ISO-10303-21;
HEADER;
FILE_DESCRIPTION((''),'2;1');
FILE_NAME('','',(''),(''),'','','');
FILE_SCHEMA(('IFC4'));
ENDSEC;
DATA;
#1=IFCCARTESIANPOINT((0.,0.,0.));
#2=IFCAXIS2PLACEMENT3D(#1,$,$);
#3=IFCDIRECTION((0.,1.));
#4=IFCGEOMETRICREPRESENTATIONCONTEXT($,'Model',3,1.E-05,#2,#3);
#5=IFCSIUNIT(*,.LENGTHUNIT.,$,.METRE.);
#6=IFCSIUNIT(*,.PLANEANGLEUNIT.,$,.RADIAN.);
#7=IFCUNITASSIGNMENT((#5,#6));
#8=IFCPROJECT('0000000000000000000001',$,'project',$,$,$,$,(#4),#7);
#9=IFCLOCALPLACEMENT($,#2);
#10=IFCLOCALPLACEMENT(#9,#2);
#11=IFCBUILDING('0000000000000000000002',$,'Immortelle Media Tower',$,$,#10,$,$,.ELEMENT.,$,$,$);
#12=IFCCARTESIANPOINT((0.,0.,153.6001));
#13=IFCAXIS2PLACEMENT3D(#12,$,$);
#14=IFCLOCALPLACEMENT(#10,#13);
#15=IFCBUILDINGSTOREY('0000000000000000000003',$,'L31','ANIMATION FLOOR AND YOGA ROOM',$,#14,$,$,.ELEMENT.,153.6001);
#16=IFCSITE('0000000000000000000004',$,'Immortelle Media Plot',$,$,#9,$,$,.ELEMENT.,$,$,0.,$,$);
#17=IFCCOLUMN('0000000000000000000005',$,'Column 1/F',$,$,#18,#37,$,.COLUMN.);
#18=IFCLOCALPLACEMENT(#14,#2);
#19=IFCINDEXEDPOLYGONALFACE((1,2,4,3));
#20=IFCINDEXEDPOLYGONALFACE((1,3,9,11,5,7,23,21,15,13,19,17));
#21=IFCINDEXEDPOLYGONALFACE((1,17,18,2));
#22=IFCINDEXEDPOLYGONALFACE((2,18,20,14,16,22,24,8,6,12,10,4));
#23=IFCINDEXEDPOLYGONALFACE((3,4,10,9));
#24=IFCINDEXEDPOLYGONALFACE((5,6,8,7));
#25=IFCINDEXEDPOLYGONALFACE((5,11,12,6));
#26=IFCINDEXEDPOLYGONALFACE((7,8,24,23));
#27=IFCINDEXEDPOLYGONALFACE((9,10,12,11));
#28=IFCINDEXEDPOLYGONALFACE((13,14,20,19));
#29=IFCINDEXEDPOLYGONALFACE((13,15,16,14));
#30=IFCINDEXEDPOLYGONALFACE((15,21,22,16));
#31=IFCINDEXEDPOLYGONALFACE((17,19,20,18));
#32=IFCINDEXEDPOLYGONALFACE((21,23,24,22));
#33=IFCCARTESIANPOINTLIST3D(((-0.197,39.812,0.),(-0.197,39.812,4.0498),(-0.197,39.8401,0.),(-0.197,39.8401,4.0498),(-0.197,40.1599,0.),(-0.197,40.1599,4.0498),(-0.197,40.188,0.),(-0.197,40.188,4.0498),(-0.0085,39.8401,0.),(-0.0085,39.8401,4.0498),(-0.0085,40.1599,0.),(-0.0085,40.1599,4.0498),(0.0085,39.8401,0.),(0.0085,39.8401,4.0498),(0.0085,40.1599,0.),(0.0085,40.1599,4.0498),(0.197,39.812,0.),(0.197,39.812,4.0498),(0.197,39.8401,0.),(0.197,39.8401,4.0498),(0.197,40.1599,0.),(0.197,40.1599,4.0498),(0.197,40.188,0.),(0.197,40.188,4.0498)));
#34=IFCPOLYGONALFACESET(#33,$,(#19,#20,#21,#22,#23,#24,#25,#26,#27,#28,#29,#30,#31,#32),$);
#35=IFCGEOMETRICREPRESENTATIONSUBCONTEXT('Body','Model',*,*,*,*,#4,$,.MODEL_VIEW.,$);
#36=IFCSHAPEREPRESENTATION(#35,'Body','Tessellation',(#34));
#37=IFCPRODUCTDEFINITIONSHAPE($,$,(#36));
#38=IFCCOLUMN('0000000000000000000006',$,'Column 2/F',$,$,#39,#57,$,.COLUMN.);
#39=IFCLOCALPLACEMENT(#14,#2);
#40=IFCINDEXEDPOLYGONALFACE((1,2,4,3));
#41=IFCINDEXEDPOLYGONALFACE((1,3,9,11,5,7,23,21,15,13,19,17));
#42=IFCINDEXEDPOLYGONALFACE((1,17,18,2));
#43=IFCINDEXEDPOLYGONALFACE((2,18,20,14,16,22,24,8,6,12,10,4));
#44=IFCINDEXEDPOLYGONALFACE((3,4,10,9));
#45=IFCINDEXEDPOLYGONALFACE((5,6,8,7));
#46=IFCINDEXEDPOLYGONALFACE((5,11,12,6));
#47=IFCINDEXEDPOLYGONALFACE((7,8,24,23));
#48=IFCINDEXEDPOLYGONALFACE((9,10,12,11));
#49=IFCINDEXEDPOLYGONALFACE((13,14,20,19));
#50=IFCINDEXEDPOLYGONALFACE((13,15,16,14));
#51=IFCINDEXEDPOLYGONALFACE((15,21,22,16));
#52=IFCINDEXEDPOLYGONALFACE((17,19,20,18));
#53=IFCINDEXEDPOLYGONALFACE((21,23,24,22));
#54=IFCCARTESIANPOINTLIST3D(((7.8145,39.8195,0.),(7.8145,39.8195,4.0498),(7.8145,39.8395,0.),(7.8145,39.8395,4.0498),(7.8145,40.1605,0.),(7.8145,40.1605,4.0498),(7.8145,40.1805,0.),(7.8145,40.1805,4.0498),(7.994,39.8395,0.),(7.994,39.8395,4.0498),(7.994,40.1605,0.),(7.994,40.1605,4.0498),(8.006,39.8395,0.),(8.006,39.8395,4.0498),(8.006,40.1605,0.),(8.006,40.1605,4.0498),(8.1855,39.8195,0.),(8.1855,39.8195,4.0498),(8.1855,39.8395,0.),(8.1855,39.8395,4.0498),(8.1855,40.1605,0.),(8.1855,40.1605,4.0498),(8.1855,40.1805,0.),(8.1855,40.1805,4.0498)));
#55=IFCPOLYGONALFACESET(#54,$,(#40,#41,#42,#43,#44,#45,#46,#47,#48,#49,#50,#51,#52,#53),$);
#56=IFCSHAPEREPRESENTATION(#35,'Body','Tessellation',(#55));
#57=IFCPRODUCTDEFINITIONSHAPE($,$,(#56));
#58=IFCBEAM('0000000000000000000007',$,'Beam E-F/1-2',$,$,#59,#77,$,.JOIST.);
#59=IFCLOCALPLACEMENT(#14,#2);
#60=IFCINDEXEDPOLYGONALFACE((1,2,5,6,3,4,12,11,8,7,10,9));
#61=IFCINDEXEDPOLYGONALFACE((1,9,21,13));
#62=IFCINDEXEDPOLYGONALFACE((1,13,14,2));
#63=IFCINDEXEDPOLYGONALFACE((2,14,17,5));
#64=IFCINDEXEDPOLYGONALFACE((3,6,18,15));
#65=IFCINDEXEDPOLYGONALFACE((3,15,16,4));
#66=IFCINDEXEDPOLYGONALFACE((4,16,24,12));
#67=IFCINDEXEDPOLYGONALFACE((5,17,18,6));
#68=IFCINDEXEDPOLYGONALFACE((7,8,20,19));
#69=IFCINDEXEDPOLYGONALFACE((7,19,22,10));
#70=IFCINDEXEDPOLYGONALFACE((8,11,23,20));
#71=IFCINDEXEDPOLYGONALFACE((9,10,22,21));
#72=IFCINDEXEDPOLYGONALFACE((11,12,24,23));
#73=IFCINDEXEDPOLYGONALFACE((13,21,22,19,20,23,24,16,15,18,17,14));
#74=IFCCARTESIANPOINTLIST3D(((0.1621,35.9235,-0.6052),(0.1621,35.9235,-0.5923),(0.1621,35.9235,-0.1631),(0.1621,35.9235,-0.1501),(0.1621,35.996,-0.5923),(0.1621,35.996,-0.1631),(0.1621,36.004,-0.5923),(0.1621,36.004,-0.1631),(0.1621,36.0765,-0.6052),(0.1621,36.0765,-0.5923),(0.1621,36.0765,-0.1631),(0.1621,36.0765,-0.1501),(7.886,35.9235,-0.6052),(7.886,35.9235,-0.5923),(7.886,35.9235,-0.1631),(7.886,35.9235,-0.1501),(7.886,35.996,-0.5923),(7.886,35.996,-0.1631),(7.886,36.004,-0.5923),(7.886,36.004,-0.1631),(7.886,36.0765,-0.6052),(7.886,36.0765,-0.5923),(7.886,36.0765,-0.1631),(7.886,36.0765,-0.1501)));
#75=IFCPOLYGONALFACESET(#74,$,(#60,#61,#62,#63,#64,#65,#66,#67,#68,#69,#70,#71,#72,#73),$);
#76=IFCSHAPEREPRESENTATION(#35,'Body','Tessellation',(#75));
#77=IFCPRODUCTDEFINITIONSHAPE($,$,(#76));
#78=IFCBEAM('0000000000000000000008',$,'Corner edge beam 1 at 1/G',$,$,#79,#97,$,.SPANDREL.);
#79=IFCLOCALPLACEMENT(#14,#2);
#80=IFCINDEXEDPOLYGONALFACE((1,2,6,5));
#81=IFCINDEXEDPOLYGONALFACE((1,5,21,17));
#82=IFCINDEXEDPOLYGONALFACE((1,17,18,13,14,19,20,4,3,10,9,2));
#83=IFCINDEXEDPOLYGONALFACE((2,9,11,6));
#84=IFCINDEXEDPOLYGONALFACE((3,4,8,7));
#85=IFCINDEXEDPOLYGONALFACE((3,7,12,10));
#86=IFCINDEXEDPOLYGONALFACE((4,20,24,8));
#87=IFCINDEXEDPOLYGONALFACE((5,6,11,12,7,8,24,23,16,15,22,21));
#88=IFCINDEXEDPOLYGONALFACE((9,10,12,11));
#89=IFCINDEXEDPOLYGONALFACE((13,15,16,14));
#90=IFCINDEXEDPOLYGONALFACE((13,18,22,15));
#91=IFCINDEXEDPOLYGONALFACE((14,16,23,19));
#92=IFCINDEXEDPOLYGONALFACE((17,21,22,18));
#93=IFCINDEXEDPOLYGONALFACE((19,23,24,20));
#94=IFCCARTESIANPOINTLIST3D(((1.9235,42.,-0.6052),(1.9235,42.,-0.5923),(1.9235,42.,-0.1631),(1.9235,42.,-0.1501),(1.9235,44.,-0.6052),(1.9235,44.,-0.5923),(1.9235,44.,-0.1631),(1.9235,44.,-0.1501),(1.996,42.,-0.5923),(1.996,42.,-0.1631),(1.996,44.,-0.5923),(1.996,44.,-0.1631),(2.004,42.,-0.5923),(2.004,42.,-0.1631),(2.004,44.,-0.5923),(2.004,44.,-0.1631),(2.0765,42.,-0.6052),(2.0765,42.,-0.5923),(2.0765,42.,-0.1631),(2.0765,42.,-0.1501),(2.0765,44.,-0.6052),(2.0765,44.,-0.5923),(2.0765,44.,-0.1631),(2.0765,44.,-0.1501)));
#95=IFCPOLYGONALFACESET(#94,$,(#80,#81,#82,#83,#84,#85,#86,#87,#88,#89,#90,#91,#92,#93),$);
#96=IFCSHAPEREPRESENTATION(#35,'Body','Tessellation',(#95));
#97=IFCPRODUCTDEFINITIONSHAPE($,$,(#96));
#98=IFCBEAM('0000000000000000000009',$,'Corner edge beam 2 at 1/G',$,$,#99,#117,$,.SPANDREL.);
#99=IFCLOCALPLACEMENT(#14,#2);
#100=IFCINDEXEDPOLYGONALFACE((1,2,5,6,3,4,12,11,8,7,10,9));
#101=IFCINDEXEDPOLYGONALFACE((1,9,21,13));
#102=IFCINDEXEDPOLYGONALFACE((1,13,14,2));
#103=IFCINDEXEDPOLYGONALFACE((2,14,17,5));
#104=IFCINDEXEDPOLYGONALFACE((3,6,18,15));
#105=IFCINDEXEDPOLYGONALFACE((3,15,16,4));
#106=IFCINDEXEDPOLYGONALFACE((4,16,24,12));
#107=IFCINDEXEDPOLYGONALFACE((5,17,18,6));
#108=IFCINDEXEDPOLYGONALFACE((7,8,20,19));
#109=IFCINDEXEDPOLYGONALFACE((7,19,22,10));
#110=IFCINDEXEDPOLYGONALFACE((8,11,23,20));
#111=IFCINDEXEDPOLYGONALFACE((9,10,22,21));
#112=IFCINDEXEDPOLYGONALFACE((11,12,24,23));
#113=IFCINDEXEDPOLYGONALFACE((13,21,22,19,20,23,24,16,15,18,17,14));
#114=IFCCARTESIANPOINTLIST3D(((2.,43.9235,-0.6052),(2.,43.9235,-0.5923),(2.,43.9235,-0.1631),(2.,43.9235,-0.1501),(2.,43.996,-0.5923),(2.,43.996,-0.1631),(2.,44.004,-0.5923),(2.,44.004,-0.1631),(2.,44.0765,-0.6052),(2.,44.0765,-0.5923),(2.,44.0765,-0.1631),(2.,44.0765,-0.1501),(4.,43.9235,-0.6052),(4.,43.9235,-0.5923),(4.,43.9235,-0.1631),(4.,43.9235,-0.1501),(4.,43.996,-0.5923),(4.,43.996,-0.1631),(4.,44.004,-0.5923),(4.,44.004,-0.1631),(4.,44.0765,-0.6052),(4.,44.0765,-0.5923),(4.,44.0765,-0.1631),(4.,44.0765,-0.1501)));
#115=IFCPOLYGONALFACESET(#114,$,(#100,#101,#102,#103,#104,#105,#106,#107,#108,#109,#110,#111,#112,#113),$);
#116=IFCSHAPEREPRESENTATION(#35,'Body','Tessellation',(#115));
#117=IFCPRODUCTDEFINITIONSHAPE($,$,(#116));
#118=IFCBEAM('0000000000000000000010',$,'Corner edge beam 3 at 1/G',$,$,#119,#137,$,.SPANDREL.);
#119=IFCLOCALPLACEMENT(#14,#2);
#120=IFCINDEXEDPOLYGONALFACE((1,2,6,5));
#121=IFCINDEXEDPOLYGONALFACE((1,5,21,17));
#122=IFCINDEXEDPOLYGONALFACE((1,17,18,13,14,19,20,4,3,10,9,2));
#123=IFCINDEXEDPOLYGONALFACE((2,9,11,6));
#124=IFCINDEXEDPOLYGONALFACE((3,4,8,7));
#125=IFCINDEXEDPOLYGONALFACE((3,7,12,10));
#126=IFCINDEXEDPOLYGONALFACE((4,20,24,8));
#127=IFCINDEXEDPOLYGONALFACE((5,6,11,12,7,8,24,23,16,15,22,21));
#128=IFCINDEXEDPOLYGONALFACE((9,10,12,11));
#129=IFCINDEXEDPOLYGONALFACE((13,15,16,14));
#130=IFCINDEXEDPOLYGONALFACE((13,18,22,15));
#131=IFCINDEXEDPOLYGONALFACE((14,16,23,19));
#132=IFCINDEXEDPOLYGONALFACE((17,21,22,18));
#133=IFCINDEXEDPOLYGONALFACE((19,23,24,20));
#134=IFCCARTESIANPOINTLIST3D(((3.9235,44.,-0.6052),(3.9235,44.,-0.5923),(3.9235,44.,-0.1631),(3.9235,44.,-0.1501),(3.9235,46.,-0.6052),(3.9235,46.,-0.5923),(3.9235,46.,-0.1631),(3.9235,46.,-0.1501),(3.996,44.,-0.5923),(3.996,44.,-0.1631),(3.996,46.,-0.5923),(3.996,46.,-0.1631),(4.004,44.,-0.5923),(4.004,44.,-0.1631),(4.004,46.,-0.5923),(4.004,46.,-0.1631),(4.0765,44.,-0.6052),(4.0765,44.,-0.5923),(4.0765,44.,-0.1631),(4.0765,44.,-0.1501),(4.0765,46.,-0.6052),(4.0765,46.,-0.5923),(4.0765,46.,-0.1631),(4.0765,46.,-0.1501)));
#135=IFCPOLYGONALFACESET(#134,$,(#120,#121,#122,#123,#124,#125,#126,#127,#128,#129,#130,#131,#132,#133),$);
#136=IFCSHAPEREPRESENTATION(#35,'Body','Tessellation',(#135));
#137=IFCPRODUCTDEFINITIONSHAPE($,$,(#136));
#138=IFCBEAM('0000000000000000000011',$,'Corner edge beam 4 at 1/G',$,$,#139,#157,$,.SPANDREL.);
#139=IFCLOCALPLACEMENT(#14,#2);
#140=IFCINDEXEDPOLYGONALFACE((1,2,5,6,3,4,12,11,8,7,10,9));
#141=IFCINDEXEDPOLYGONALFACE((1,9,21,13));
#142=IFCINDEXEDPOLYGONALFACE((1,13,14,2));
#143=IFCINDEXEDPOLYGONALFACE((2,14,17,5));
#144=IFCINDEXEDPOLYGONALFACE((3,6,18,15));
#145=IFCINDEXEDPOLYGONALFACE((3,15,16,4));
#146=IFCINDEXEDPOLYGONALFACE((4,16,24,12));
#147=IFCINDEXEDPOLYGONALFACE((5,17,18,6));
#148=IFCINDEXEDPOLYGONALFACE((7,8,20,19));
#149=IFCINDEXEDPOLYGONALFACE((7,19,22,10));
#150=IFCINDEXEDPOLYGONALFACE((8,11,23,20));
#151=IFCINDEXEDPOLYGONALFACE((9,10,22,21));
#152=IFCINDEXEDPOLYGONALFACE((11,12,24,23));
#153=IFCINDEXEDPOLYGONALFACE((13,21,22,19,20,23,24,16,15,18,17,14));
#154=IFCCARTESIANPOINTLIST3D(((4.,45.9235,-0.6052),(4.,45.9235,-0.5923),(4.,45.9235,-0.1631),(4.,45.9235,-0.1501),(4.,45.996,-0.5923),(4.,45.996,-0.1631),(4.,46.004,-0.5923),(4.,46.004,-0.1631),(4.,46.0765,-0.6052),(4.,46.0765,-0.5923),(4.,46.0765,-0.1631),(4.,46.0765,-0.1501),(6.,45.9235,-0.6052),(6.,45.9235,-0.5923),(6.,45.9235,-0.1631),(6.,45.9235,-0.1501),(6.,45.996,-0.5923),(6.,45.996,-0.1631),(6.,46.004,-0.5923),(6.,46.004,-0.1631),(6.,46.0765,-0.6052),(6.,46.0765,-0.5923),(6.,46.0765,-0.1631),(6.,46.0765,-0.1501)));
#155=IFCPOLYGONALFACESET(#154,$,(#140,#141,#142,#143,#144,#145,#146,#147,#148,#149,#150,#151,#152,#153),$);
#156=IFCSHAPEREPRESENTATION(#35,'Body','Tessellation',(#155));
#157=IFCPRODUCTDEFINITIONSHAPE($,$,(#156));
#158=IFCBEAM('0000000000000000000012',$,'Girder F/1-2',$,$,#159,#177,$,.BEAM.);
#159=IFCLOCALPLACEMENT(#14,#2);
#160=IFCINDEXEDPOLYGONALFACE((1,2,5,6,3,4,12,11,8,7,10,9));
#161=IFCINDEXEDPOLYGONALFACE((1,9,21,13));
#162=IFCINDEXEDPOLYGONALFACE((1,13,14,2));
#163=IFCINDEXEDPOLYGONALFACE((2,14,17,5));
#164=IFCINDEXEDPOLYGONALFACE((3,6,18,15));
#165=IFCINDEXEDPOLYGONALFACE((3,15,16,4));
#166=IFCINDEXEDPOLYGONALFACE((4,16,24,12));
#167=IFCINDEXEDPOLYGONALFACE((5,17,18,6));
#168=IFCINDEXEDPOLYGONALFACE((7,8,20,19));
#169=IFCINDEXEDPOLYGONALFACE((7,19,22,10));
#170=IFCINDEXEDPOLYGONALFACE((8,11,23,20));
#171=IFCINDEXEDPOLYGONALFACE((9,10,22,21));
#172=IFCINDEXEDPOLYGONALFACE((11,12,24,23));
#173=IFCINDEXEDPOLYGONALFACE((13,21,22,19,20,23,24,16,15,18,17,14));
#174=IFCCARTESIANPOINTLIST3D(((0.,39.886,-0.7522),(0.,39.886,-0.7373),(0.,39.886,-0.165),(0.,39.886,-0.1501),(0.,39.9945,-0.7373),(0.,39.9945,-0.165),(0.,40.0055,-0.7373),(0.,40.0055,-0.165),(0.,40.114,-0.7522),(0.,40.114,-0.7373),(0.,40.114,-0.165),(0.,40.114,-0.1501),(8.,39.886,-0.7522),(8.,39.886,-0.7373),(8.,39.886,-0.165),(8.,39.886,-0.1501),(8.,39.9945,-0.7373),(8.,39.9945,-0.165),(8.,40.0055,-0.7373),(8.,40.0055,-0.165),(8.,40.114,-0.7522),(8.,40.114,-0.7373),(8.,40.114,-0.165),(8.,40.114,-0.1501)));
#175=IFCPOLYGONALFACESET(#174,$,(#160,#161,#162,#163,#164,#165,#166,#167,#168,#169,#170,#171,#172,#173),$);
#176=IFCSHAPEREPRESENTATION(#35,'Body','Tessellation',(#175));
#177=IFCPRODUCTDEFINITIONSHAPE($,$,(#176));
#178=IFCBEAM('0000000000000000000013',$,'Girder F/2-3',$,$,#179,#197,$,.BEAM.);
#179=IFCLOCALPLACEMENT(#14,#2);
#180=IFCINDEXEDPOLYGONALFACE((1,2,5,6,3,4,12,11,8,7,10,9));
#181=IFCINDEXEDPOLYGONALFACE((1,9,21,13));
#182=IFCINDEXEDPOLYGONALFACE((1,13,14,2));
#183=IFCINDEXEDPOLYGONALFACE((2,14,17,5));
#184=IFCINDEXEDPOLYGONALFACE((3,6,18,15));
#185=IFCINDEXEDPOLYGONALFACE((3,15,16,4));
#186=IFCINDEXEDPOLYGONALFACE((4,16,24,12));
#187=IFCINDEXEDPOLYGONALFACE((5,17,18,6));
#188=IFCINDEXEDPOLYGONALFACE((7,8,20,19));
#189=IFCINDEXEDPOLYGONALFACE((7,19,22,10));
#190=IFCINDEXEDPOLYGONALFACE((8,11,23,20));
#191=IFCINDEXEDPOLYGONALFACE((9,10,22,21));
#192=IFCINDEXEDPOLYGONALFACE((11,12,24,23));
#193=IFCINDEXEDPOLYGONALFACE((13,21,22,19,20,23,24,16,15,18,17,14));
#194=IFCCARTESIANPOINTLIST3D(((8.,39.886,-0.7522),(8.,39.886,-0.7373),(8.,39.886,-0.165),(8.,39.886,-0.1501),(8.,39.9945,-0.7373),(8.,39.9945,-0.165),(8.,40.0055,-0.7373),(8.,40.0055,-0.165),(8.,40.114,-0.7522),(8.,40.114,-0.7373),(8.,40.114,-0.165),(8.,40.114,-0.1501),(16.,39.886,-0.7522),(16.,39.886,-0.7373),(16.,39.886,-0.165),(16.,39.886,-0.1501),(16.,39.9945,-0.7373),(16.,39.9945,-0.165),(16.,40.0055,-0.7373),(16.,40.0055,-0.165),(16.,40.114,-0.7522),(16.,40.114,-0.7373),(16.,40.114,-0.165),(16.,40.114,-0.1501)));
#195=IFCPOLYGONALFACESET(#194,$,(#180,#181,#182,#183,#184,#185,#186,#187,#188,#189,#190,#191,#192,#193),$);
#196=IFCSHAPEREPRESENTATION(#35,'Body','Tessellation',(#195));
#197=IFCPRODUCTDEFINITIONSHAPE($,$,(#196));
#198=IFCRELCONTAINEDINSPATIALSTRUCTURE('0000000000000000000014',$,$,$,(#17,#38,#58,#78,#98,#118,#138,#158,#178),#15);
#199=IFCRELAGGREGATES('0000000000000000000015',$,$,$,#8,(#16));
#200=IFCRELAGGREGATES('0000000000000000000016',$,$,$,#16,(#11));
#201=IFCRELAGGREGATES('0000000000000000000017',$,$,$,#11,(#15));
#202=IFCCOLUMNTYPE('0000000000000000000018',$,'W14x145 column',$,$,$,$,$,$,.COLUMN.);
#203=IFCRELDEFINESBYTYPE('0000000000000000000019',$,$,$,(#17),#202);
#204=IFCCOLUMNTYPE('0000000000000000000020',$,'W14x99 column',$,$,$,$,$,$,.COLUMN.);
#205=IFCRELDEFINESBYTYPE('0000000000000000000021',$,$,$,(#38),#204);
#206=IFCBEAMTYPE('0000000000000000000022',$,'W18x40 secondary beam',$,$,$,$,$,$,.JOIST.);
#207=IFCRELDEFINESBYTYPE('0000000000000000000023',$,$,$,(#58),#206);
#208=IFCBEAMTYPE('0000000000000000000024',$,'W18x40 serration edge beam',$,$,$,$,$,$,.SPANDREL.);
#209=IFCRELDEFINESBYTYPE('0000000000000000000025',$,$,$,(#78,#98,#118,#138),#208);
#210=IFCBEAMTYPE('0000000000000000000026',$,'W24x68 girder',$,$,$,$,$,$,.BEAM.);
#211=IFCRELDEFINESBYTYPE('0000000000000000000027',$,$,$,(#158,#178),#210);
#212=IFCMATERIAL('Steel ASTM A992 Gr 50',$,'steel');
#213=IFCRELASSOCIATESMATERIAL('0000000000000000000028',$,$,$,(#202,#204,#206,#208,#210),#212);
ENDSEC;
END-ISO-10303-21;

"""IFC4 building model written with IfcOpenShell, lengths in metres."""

from ifc_helpers import new_model, si_unit, direction, frame, origin, origin_2d, place, context, subcontext, project, spatial, i_section, extrude, material, material_profile, profile_set, type_object, element, save


model = new_model("IFC4")

# Units and contexts
model_context = context("Model", 3, precision=1e-05, world=origin(), true_north=direction((0.0, 1.0)))
body_context = subcontext(model_context, "Body", "Model", "MODEL_VIEW")
ifc_project = project(units=[si_unit("LENGTHUNIT", "METRE"), si_unit("PLANEANGLEUNIT", "RADIAN")], contexts=[model_context])

# Site, building, storey
site_placement = place(None, origin())
site = spatial("IfcSite", under=ifc_project, at=site_placement, Name="Immortelle Media Plot", CompositionType="ELEMENT", RefElevation=0.0)
building_placement = place(site_placement, origin())
building = spatial("IfcBuilding", under=site, at=building_placement, Name="Immortelle Media Tower", CompositionType="ELEMENT")
storey_placement = place(building_placement, frame((0.0, 0.0, 153.6001)))
storey = spatial("IfcBuildingStorey", under=building, at=storey_placement, Name="L31", Description="ANIMATION FLOOR AND YOGA ROOM", CompositionType="ELEMENT", Elevation=153.6001)

# Columns
ifc_material_1 = material(Name="Steel ASTM A992 Gr 50", Category="steel")
ifc_material_profile_1 = material_profile(ifc_material_1, i_section(OverallWidth=0.394, OverallDepth=0.376, WebThickness=0.0171, FlangeThickness=0.0281, at=origin_2d()), Name="W14x145")
ifc_profile_set_1 = profile_set([ifc_material_profile_1], Name="Steel ASTM A992 Gr 50")
column_type_1 = type_object("IfcColumnType", Name="W14x145 column", PredefinedType="COLUMN", material=ifc_profile_set_1)
column_1_placement = place(storey_placement, frame((0.0, 40.0, 0.0), z_axis=(0.0, 0.0, 1.0), x_axis=(1.0, 0.0, 0.0)))
element("IfcColumn", 1, at=column_1_placement, inside=storey, type_object=column_type_1, Name="Column 1/F", PredefinedType="COLUMN", context=body_context, shape_type="SweptSolid", body=[
    extrude(i_section(OverallWidth=0.394, OverallDepth=0.376, WebThickness=0.0171, FlangeThickness=0.0281, at=origin_2d()), origin(), (0.0, 0.0, 1.0), 4.0498),
])
ifc_material_profile_2 = material_profile(ifc_material_1, i_section(OverallWidth=0.3711, OverallDepth=0.3611, WebThickness=0.012, FlangeThickness=0.02, at=origin_2d()), Name="W14x99")
ifc_profile_set_2 = profile_set([ifc_material_profile_2], Name="Steel ASTM A992 Gr 50")
column_type_2 = type_object("IfcColumnType", Name="W14x99 column", PredefinedType="COLUMN", material=ifc_profile_set_2)
column_2_placement = place(storey_placement, frame((8.0, 40.0, 0.0), z_axis=(0.0, 0.0, 1.0), x_axis=(1.0, 0.0, 0.0)))
element("IfcColumn", 2, at=column_2_placement, inside=storey, type_object=column_type_2, Name="Column 2/F", PredefinedType="COLUMN", context=body_context, shape_type="SweptSolid", body=[
    extrude(i_section(OverallWidth=0.3711, OverallDepth=0.3611, WebThickness=0.012, FlangeThickness=0.02, at=origin_2d()), origin(), (0.0, 0.0, 1.0), 4.0498),
])

# Beams
ifc_material_profile_3 = material_profile(ifc_material_1, i_section(OverallWidth=0.1531, OverallDepth=0.4551, WebThickness=0.0081, FlangeThickness=0.0129, at=origin_2d()), Name="W18x40")
ifc_profile_set_3 = profile_set([ifc_material_profile_3], Name="Steel ASTM A992 Gr 50")
beam_type_1 = type_object("IfcBeamType", Name="W18x40 secondary beam", PredefinedType="JOIST", material=ifc_profile_set_3)
beam_1_placement = place(storey_placement, frame((0.1621, 36.0, -0.3777), z_axis=(1.0, 0.0, 0.0), x_axis=(0.0, 1.0, 0.0)))
element("IfcBeam", 3, at=beam_1_placement, inside=storey, type_object=beam_type_1, Name="Beam E-F/1-2", PredefinedType="JOIST", context=body_context, shape_type="SweptSolid", body=[
    extrude(i_section(OverallWidth=0.1531, OverallDepth=0.4551, WebThickness=0.0081, FlangeThickness=0.0129, at=origin_2d()), origin(), (0.0, 0.0, 1.0), 7.7239),
])
ifc_material_profile_4 = material_profile(ifc_material_1, i_section(OverallWidth=0.1531, OverallDepth=0.4551, WebThickness=0.0081, FlangeThickness=0.0129, at=origin_2d()), Name="W18x40")
ifc_profile_set_4 = profile_set([ifc_material_profile_4], Name="Steel ASTM A992 Gr 50")
beam_type_2 = type_object("IfcBeamType", Name="W18x40 serration edge beam", PredefinedType="SPANDREL", material=ifc_profile_set_4)
for number, where, z_axis, x_axis, name in (
    (4, (2.0, 42.0, -0.3777), (0.0, 1.0, 0.0), (-1.0, 0.0, 0.0), "Corner edge beam 1 at 1/G"),
    (5, (2.0, 44.0, -0.3777), (1.0, 0.0, 0.0), (0.0, 1.0, 0.0), "Corner edge beam 2 at 1/G"),
    (6, (4.0, 44.0, -0.3777), (0.0, 1.0, 0.0), (-1.0, 0.0, 0.0), "Corner edge beam 3 at 1/G"),
    (7, (4.0, 46.0, -0.3777), (1.0, 0.0, 0.0), (0.0, 1.0, 0.0), "Corner edge beam 4 at 1/G"),
):
    element("IfcBeam", number, at=place(storey_placement, frame(where, z_axis=z_axis, x_axis=x_axis)), inside=storey, type_object=beam_type_2, Name=name, PredefinedType="SPANDREL", context=body_context, shape_type="SweptSolid", body=[
        extrude(i_section(OverallWidth=0.1531, OverallDepth=0.4551, WebThickness=0.0081, FlangeThickness=0.0129, at=origin_2d()), origin(), (0.0, 0.0, 1.0), 2.0),
    ])
ifc_material_profile_5 = material_profile(ifc_material_1, i_section(OverallWidth=0.228, OverallDepth=0.6021, WebThickness=0.011, FlangeThickness=0.0149, at=origin_2d()), Name="W24x68")
ifc_profile_set_5 = profile_set([ifc_material_profile_5], Name="Steel ASTM A992 Gr 50")
beam_type_3 = type_object("IfcBeamType", Name="W24x68 girder", PredefinedType="BEAM", material=ifc_profile_set_5)
for number, where, z_axis, x_axis, name in (
    (8, (0.0, 40.0, -0.4512), (1.0, 0.0, 0.0), (0.0, 1.0, 0.0), "Girder F/1-2"),
    (9, (8.0, 40.0, -0.4512), (1.0, 0.0, 0.0), (0.0, 1.0, 0.0), "Girder F/2-3"),
):
    element("IfcBeam", number, at=place(storey_placement, frame(where, z_axis=z_axis, x_axis=x_axis)), inside=storey, type_object=beam_type_3, Name=name, PredefinedType="BEAM", context=body_context, shape_type="SweptSolid", body=[
        extrude(i_section(OverallWidth=0.228, OverallDepth=0.6021, WebThickness=0.011, FlangeThickness=0.0149, at=origin_2d()), origin(), (0.0, 0.0, 1.0), 8.0),
    ])

save(model, "model.ifc")
